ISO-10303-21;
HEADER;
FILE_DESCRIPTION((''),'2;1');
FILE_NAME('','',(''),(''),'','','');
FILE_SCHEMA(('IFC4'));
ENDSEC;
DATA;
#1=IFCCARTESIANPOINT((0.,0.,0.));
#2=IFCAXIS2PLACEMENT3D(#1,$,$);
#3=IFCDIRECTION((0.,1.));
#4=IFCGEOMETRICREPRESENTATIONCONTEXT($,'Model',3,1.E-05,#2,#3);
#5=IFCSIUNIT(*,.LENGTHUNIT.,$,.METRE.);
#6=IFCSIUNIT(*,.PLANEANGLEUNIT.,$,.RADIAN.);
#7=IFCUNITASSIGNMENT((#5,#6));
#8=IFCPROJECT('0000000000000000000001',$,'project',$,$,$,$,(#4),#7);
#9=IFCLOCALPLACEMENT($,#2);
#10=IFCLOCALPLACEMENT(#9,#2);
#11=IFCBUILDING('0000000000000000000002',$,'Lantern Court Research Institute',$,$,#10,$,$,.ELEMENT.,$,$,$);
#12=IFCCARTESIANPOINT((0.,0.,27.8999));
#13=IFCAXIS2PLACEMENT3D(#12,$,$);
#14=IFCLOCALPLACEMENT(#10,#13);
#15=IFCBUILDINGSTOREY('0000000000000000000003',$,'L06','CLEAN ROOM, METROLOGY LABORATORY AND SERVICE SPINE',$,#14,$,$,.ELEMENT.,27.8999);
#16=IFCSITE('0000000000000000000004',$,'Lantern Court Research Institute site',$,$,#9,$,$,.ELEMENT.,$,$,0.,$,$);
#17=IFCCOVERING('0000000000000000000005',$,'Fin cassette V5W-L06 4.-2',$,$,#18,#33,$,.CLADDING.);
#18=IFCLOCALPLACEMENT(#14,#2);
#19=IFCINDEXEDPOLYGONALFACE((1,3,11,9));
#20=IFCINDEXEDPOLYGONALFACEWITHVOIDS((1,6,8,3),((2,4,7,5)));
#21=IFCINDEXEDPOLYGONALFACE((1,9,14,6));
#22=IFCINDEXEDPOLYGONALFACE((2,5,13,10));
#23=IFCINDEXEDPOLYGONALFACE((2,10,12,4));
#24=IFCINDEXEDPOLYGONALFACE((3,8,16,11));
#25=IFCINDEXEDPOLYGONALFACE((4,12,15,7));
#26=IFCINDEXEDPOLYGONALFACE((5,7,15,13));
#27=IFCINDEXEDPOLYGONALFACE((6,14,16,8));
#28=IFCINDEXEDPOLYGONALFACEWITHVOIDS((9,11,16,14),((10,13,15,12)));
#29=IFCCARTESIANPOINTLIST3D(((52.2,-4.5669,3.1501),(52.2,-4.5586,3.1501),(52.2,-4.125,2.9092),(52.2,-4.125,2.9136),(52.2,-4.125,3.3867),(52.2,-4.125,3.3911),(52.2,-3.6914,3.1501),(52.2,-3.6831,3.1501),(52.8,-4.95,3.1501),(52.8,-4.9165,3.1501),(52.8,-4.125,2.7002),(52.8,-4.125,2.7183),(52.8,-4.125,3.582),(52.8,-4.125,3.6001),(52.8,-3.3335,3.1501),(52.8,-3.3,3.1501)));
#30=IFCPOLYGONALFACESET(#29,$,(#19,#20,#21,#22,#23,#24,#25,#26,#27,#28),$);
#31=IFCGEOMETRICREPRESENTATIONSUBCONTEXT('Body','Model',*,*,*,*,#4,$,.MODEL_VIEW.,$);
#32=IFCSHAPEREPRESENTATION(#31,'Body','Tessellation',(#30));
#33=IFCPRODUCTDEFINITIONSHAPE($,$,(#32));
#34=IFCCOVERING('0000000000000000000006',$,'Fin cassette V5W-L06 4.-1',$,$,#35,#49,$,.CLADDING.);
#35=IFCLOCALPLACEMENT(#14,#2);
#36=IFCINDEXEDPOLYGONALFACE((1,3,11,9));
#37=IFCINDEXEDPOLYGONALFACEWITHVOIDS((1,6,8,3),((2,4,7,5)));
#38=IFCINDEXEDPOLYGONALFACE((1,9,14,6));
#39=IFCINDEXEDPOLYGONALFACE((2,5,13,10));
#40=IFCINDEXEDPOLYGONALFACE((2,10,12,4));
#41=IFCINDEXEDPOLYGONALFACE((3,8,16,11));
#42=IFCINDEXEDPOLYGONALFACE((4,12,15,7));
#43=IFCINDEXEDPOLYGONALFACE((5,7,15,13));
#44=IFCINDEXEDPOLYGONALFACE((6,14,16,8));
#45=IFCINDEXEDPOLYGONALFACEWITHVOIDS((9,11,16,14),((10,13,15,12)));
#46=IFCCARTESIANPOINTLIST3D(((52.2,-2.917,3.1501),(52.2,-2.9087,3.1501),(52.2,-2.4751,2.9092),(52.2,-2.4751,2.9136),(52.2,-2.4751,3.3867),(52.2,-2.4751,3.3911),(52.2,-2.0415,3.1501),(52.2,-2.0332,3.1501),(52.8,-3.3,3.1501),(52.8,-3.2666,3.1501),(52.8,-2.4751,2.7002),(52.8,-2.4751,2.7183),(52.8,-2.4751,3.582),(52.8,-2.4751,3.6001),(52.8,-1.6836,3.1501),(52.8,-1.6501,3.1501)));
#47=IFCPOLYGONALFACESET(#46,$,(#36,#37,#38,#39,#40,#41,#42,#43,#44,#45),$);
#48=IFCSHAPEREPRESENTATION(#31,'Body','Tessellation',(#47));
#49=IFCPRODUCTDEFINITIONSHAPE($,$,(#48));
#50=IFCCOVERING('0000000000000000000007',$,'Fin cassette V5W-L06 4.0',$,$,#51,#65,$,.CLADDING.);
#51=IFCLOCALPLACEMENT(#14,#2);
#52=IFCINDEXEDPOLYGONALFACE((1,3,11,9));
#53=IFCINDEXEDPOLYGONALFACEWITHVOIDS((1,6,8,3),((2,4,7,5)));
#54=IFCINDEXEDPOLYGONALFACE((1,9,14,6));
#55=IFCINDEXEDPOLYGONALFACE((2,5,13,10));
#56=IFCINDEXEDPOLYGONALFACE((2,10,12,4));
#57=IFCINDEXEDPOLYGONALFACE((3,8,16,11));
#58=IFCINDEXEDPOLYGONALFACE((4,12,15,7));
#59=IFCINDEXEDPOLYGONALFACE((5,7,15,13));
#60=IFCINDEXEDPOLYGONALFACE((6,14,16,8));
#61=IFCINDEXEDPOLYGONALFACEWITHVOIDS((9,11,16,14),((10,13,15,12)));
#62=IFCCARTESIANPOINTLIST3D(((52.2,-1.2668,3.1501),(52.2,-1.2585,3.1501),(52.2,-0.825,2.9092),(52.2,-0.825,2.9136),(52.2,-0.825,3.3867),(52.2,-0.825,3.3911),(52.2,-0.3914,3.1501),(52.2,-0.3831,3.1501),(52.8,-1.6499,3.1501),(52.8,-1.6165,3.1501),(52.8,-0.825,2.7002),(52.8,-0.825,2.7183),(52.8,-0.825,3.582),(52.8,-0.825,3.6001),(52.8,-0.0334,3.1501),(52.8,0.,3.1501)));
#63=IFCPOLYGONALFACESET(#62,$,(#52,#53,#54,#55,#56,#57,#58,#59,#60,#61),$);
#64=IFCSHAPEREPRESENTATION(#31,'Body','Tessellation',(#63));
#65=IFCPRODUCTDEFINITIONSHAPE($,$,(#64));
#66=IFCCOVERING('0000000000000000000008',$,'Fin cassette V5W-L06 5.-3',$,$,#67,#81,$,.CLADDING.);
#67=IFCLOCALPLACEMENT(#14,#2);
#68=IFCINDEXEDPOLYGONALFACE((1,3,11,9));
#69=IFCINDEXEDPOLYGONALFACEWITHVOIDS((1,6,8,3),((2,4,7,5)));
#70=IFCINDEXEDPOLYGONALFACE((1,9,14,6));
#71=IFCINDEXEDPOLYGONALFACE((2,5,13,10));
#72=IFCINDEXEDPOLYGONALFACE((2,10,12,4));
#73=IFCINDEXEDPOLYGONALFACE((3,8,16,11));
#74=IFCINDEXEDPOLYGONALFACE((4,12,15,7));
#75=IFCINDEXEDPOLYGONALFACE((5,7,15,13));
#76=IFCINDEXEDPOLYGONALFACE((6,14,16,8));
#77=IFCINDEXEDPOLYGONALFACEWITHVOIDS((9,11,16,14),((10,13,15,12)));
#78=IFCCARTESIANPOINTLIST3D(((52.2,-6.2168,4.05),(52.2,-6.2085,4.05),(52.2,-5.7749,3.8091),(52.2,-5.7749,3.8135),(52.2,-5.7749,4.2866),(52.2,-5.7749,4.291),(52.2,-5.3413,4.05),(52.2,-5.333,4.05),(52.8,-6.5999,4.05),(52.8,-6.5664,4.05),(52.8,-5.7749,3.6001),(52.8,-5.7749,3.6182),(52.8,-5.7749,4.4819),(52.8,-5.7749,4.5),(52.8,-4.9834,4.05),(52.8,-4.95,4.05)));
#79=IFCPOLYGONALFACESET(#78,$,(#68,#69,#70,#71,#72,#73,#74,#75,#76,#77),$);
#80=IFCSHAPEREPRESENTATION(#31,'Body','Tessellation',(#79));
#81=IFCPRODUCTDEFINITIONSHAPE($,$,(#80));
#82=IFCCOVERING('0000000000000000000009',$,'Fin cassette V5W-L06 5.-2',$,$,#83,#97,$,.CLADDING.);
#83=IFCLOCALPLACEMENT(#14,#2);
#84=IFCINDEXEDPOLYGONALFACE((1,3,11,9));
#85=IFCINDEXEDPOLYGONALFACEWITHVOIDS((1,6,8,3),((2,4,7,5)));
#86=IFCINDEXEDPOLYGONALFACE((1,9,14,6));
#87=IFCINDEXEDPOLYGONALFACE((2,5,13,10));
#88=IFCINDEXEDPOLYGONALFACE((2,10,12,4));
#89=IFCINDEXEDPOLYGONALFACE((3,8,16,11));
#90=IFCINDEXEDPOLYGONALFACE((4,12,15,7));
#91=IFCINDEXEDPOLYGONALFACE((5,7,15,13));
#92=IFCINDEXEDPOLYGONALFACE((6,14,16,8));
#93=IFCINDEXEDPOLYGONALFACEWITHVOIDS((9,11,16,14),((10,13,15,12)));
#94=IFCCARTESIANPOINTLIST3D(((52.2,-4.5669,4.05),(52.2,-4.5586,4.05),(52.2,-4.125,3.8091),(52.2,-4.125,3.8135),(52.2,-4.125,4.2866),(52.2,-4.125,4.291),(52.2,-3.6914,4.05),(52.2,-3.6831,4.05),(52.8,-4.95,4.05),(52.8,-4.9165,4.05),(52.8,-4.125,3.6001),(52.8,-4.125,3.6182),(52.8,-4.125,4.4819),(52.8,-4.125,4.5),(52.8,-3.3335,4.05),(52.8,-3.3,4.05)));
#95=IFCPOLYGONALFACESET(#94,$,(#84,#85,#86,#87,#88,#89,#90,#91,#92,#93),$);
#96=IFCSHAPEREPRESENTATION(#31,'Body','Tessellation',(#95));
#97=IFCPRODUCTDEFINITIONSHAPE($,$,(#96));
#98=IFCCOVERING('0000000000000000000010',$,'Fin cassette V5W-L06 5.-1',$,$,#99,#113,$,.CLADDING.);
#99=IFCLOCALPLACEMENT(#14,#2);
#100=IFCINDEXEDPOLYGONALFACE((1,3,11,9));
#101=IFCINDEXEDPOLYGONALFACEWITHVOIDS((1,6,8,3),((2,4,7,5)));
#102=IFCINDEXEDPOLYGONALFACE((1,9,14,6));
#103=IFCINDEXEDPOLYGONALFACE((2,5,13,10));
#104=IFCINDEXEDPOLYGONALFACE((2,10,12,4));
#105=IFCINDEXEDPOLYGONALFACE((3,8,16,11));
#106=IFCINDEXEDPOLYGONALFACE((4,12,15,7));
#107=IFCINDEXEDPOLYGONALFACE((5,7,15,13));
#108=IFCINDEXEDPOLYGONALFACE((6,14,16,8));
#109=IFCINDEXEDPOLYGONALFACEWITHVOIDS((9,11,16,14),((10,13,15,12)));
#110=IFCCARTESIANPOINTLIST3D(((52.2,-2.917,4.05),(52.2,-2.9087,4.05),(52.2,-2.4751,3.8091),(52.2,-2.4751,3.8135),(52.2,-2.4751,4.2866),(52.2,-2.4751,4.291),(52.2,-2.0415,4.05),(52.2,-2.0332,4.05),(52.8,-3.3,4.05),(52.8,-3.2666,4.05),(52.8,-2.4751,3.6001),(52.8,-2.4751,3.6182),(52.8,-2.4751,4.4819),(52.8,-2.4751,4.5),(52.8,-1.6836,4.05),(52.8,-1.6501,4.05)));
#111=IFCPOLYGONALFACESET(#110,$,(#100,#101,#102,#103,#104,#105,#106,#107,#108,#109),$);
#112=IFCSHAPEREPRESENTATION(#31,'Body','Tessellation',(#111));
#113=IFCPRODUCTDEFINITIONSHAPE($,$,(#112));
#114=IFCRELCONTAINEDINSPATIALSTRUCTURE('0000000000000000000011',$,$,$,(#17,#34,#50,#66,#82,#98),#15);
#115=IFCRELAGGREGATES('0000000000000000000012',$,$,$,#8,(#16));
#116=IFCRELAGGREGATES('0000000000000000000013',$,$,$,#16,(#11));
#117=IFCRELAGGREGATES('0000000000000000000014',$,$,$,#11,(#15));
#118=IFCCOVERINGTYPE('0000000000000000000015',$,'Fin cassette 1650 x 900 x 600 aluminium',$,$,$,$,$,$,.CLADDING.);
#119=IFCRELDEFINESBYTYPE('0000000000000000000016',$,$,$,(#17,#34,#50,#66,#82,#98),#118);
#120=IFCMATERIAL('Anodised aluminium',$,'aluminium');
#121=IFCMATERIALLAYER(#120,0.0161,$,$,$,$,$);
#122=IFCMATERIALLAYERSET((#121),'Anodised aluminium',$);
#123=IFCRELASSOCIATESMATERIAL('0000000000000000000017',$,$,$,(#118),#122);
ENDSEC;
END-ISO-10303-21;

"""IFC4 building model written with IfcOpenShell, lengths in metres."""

from ifc_helpers import new_model, entity, si_unit, direction, frame, origin, place, context, subcontext, project, spatial, material, layer, layer_set, type_object, element, save


model = new_model("IFC4")

# Units and contexts
model_context = context("Model", 3, precision=1e-05, world=origin(), true_north=direction((0.0, 1.0)))
body_context = subcontext(model_context, "Body", "Model", "MODEL_VIEW")
ifc_project = project(units=[si_unit("LENGTHUNIT", "METRE"), si_unit("PLANEANGLEUNIT", "RADIAN")], contexts=[model_context])

# Site, building, storey
site_placement = place(None, origin())
site = spatial("IfcSite", under=ifc_project, at=site_placement, Name="Lantern Court Research Institute site", CompositionType="ELEMENT", RefElevation=0.0)
building_placement = place(site_placement, origin())
building = spatial("IfcBuilding", under=site, at=building_placement, Name="Lantern Court Research Institute", CompositionType="ELEMENT")
storey_placement = place(building_placement, frame((0.0, 0.0, 27.8999)))
storey = spatial("IfcBuildingStorey", under=building, at=storey_placement, Name="L06", Description="CLEAN ROOM, METROLOGY LABORATORY AND SERVICE SPINE", CompositionType="ELEMENT", Elevation=27.8999)

# Coverings
ifc_material_1 = material(Name="Anodised aluminium", Category="aluminium")
ifc_layer = layer(ifc_material_1, 0.0161)
ifc_layer_set = layer_set([ifc_layer], Name="Anodised aluminium")
covering_type = type_object("IfcCoveringType", Name="Fin cassette 1650 x 900 x 600 aluminium", PredefinedType="CLADDING", material=ifc_layer_set)
covering_1_placement = place(storey_placement, frame((52.8, -4.125, 3.1501), z_axis=(-1.0, 0.0, 0.0), x_axis=(0.0, -1.0, 0.0)))
cartesian_point_1 = entity("IfcCartesianPoint", [0.825, 0.0])
cartesian_point_2 = entity("IfcCartesianPoint", [0.7915, 0.0])
cartesian_point_3 = entity("IfcCartesianPoint", [0.4419, 0.0])
cartesian_point_4 = entity("IfcCartesianPoint", [0.4336, 0.0])
element("IfcCovering", 1, at=covering_1_placement, inside=storey, type_object=covering_type, Name="Fin cassette V5W-L06 4.-2", PredefinedType="CLADDING", context=body_context, shape_type="SweptSolid", body=[
    entity("IfcExtrudedAreaSolidTapered", entity("IfcArbitraryProfileDefWithVoids", "AREA", None, entity("IfcPolyline", [cartesian_point_1, entity("IfcCartesianPoint", [0.0, 0.45]), entity("IfcCartesianPoint", [-0.825, 0.0]), entity("IfcCartesianPoint", [0.0, -0.45]), cartesian_point_1]), [entity("IfcPolyline", [cartesian_point_2, entity("IfcCartesianPoint", [0.0, 0.4319]), entity("IfcCartesianPoint", [-0.7915, 0.0]), entity("IfcCartesianPoint", [0.0, -0.4319]), cartesian_point_2])]), entity("IfcAxis2Placement3D", entity("IfcCartesianPoint", [0.0, 0.0, 0.0])), entity("IfcDirection", [0.0, 0.0, 1.0]), 0.6001, entity("IfcArbitraryProfileDefWithVoids", "AREA", None, entity("IfcPolyline", [cartesian_point_3, entity("IfcCartesianPoint", [0.0, 0.241]), entity("IfcCartesianPoint", [-0.4419, 0.0]), entity("IfcCartesianPoint", [0.0, -0.241]), cartesian_point_3]), [entity("IfcPolyline", [cartesian_point_4, entity("IfcCartesianPoint", [0.0, 0.2366]), entity("IfcCartesianPoint", [-0.4336, 0.0]), entity("IfcCartesianPoint", [0.0, -0.2366]), cartesian_point_4])])),
])
covering_2_placement = place(storey_placement, frame((52.8, -2.4751, 3.1501), z_axis=(-1.0, 0.0, 0.0), x_axis=(0.0, -1.0, 0.0)))
cartesian_point_5 = entity("IfcCartesianPoint", [0.825, 0.0])
cartesian_point_6 = entity("IfcCartesianPoint", [0.7915, 0.0])
cartesian_point_7 = entity("IfcCartesianPoint", [0.4419, 0.0])
cartesian_point_8 = entity("IfcCartesianPoint", [0.4336, 0.0])
element("IfcCovering", 2, at=covering_2_placement, inside=storey, type_object=covering_type, Name="Fin cassette V5W-L06 4.-1", PredefinedType="CLADDING", context=body_context, shape_type="SweptSolid", body=[
    entity("IfcExtrudedAreaSolidTapered", entity("IfcArbitraryProfileDefWithVoids", "AREA", None, entity("IfcPolyline", [cartesian_point_5, entity("IfcCartesianPoint", [0.0, 0.45]), entity("IfcCartesianPoint", [-0.825, 0.0]), entity("IfcCartesianPoint", [0.0, -0.45]), cartesian_point_5]), [entity("IfcPolyline", [cartesian_point_6, entity("IfcCartesianPoint", [0.0, 0.4319]), entity("IfcCartesianPoint", [-0.7915, 0.0]), entity("IfcCartesianPoint", [0.0, -0.4319]), cartesian_point_6])]), entity("IfcAxis2Placement3D", entity("IfcCartesianPoint", [0.0, 0.0, 0.0])), entity("IfcDirection", [0.0, 0.0, 1.0]), 0.6001, entity("IfcArbitraryProfileDefWithVoids", "AREA", None, entity("IfcPolyline", [cartesian_point_7, entity("IfcCartesianPoint", [0.0, 0.241]), entity("IfcCartesianPoint", [-0.4419, 0.0]), entity("IfcCartesianPoint", [0.0, -0.241]), cartesian_point_7]), [entity("IfcPolyline", [cartesian_point_8, entity("IfcCartesianPoint", [0.0, 0.2366]), entity("IfcCartesianPoint", [-0.4336, 0.0]), entity("IfcCartesianPoint", [0.0, -0.2366]), cartesian_point_8])])),
])
covering_3_placement = place(storey_placement, frame((52.8, -0.825, 3.1501), z_axis=(-1.0, 0.0, 0.0), x_axis=(0.0, -1.0, 0.0)))
cartesian_point_9 = entity("IfcCartesianPoint", [0.825, 0.0])
cartesian_point_10 = entity("IfcCartesianPoint", [0.7915, 0.0])
cartesian_point_11 = entity("IfcCartesianPoint", [0.4419, 0.0])
cartesian_point_12 = entity("IfcCartesianPoint", [0.4336, 0.0])
element("IfcCovering", 3, at=covering_3_placement, inside=storey, type_object=covering_type, Name="Fin cassette V5W-L06 4.0", PredefinedType="CLADDING", context=body_context, shape_type="SweptSolid", body=[
    entity("IfcExtrudedAreaSolidTapered", entity("IfcArbitraryProfileDefWithVoids", "AREA", None, entity("IfcPolyline", [cartesian_point_9, entity("IfcCartesianPoint", [0.0, 0.45]), entity("IfcCartesianPoint", [-0.825, 0.0]), entity("IfcCartesianPoint", [0.0, -0.45]), cartesian_point_9]), [entity("IfcPolyline", [cartesian_point_10, entity("IfcCartesianPoint", [0.0, 0.4319]), entity("IfcCartesianPoint", [-0.7915, 0.0]), entity("IfcCartesianPoint", [0.0, -0.4319]), cartesian_point_10])]), entity("IfcAxis2Placement3D", entity("IfcCartesianPoint", [0.0, 0.0, 0.0])), entity("IfcDirection", [0.0, 0.0, 1.0]), 0.6001, entity("IfcArbitraryProfileDefWithVoids", "AREA", None, entity("IfcPolyline", [cartesian_point_11, entity("IfcCartesianPoint", [0.0, 0.241]), entity("IfcCartesianPoint", [-0.4419, 0.0]), entity("IfcCartesianPoint", [0.0, -0.241]), cartesian_point_11]), [entity("IfcPolyline", [cartesian_point_12, entity("IfcCartesianPoint", [0.0, 0.2366]), entity("IfcCartesianPoint", [-0.4336, 0.0]), entity("IfcCartesianPoint", [0.0, -0.2366]), cartesian_point_12])])),
])
covering_4_placement = place(storey_placement, frame((52.8, -5.7749, 4.05), z_axis=(-1.0, 0.0, 0.0), x_axis=(0.0, -1.0, 0.0)))
cartesian_point_13 = entity("IfcCartesianPoint", [0.825, 0.0])
cartesian_point_14 = entity("IfcCartesianPoint", [0.7915, 0.0])
cartesian_point_15 = entity("IfcCartesianPoint", [0.4419, 0.0])
cartesian_point_16 = entity("IfcCartesianPoint", [0.4336, 0.0])
element("IfcCovering", 4, at=covering_4_placement, inside=storey, type_object=covering_type, Name="Fin cassette V5W-L06 5.-3", PredefinedType="CLADDING", context=body_context, shape_type="SweptSolid", body=[
    entity("IfcExtrudedAreaSolidTapered", entity("IfcArbitraryProfileDefWithVoids", "AREA", None, entity("IfcPolyline", [cartesian_point_13, entity("IfcCartesianPoint", [0.0, 0.45]), entity("IfcCartesianPoint", [-0.825, 0.0]), entity("IfcCartesianPoint", [0.0, -0.45]), cartesian_point_13]), [entity("IfcPolyline", [cartesian_point_14, entity("IfcCartesianPoint", [0.0, 0.4319]), entity("IfcCartesianPoint", [-0.7915, 0.0]), entity("IfcCartesianPoint", [0.0, -0.4319]), cartesian_point_14])]), entity("IfcAxis2Placement3D", entity("IfcCartesianPoint", [0.0, 0.0, 0.0])), entity("IfcDirection", [0.0, 0.0, 1.0]), 0.6001, entity("IfcArbitraryProfileDefWithVoids", "AREA", None, entity("IfcPolyline", [cartesian_point_15, entity("IfcCartesianPoint", [0.0, 0.241]), entity("IfcCartesianPoint", [-0.4419, 0.0]), entity("IfcCartesianPoint", [0.0, -0.241]), cartesian_point_15]), [entity("IfcPolyline", [cartesian_point_16, entity("IfcCartesianPoint", [0.0, 0.2366]), entity("IfcCartesianPoint", [-0.4336, 0.0]), entity("IfcCartesianPoint", [0.0, -0.2366]), cartesian_point_16])])),
])
covering_5_placement = place(storey_placement, frame((52.8, -4.125, 4.05), z_axis=(-1.0, 0.0, 0.0), x_axis=(0.0, -1.0, 0.0)))
cartesian_point_17 = entity("IfcCartesianPoint", [0.825, 0.0])
cartesian_point_18 = entity("IfcCartesianPoint", [0.7915, 0.0])
cartesian_point_19 = entity("IfcCartesianPoint", [0.4419, 0.0])
cartesian_point_20 = entity("IfcCartesianPoint", [0.4336, 0.0])
element("IfcCovering", 5, at=covering_5_placement, inside=storey, type_object=covering_type, Name="Fin cassette V5W-L06 5.-2", PredefinedType="CLADDING", context=body_context, shape_type="SweptSolid", body=[
    entity("IfcExtrudedAreaSolidTapered", entity("IfcArbitraryProfileDefWithVoids", "AREA", None, entity("IfcPolyline", [cartesian_point_17, entity("IfcCartesianPoint", [0.0, 0.45]), entity("IfcCartesianPoint", [-0.825, 0.0]), entity("IfcCartesianPoint", [0.0, -0.45]), cartesian_point_17]), [entity("IfcPolyline", [cartesian_point_18, entity("IfcCartesianPoint", [0.0, 0.4319]), entity("IfcCartesianPoint", [-0.7915, 0.0]), entity("IfcCartesianPoint", [0.0, -0.4319]), cartesian_point_18])]), entity("IfcAxis2Placement3D", entity("IfcCartesianPoint", [0.0, 0.0, 0.0])), entity("IfcDirection", [0.0, 0.0, 1.0]), 0.6001, entity("IfcArbitraryProfileDefWithVoids", "AREA", None, entity("IfcPolyline", [cartesian_point_19, entity("IfcCartesianPoint", [0.0, 0.241]), entity("IfcCartesianPoint", [-0.4419, 0.0]), entity("IfcCartesianPoint", [0.0, -0.241]), cartesian_point_19]), [entity("IfcPolyline", [cartesian_point_20, entity("IfcCartesianPoint", [0.0, 0.2366]), entity("IfcCartesianPoint", [-0.4336, 0.0]), entity("IfcCartesianPoint", [0.0, -0.2366]), cartesian_point_20])])),
])
covering_6_placement = place(storey_placement, frame((52.8, -2.4751, 4.05), z_axis=(-1.0, 0.0, 0.0), x_axis=(0.0, -1.0, 0.0)))
cartesian_point_21 = entity("IfcCartesianPoint", [0.825, 0.0])
cartesian_point_22 = entity("IfcCartesianPoint", [0.7915, 0.0])
cartesian_point_23 = entity("IfcCartesianPoint", [0.4419, 0.0])
cartesian_point_24 = entity("IfcCartesianPoint", [0.4336, 0.0])
element("IfcCovering", 6, at=covering_6_placement, inside=storey, type_object=covering_type, Name="Fin cassette V5W-L06 5.-1", PredefinedType="CLADDING", context=body_context, shape_type="SweptSolid", body=[
    entity("IfcExtrudedAreaSolidTapered", entity("IfcArbitraryProfileDefWithVoids", "AREA", None, entity("IfcPolyline", [cartesian_point_21, entity("IfcCartesianPoint", [0.0, 0.45]), entity("IfcCartesianPoint", [-0.825, 0.0]), entity("IfcCartesianPoint", [0.0, -0.45]), cartesian_point_21]), [entity("IfcPolyline", [cartesian_point_22, entity("IfcCartesianPoint", [0.0, 0.4319]), entity("IfcCartesianPoint", [-0.7915, 0.0]), entity("IfcCartesianPoint", [0.0, -0.4319]), cartesian_point_22])]), entity("IfcAxis2Placement3D", entity("IfcCartesianPoint", [0.0, 0.0, 0.0])), entity("IfcDirection", [0.0, 0.0, 1.0]), 0.6001, entity("IfcArbitraryProfileDefWithVoids", "AREA", None, entity("IfcPolyline", [cartesian_point_23, entity("IfcCartesianPoint", [0.0, 0.241]), entity("IfcCartesianPoint", [-0.4419, 0.0]), entity("IfcCartesianPoint", [0.0, -0.241]), cartesian_point_23]), [entity("IfcPolyline", [cartesian_point_24, entity("IfcCartesianPoint", [0.0, 0.2366]), entity("IfcCartesianPoint", [-0.4336, 0.0]), entity("IfcCartesianPoint", [0.0, -0.2366]), cartesian_point_24])])),
])

save(model, "model.ifc")
